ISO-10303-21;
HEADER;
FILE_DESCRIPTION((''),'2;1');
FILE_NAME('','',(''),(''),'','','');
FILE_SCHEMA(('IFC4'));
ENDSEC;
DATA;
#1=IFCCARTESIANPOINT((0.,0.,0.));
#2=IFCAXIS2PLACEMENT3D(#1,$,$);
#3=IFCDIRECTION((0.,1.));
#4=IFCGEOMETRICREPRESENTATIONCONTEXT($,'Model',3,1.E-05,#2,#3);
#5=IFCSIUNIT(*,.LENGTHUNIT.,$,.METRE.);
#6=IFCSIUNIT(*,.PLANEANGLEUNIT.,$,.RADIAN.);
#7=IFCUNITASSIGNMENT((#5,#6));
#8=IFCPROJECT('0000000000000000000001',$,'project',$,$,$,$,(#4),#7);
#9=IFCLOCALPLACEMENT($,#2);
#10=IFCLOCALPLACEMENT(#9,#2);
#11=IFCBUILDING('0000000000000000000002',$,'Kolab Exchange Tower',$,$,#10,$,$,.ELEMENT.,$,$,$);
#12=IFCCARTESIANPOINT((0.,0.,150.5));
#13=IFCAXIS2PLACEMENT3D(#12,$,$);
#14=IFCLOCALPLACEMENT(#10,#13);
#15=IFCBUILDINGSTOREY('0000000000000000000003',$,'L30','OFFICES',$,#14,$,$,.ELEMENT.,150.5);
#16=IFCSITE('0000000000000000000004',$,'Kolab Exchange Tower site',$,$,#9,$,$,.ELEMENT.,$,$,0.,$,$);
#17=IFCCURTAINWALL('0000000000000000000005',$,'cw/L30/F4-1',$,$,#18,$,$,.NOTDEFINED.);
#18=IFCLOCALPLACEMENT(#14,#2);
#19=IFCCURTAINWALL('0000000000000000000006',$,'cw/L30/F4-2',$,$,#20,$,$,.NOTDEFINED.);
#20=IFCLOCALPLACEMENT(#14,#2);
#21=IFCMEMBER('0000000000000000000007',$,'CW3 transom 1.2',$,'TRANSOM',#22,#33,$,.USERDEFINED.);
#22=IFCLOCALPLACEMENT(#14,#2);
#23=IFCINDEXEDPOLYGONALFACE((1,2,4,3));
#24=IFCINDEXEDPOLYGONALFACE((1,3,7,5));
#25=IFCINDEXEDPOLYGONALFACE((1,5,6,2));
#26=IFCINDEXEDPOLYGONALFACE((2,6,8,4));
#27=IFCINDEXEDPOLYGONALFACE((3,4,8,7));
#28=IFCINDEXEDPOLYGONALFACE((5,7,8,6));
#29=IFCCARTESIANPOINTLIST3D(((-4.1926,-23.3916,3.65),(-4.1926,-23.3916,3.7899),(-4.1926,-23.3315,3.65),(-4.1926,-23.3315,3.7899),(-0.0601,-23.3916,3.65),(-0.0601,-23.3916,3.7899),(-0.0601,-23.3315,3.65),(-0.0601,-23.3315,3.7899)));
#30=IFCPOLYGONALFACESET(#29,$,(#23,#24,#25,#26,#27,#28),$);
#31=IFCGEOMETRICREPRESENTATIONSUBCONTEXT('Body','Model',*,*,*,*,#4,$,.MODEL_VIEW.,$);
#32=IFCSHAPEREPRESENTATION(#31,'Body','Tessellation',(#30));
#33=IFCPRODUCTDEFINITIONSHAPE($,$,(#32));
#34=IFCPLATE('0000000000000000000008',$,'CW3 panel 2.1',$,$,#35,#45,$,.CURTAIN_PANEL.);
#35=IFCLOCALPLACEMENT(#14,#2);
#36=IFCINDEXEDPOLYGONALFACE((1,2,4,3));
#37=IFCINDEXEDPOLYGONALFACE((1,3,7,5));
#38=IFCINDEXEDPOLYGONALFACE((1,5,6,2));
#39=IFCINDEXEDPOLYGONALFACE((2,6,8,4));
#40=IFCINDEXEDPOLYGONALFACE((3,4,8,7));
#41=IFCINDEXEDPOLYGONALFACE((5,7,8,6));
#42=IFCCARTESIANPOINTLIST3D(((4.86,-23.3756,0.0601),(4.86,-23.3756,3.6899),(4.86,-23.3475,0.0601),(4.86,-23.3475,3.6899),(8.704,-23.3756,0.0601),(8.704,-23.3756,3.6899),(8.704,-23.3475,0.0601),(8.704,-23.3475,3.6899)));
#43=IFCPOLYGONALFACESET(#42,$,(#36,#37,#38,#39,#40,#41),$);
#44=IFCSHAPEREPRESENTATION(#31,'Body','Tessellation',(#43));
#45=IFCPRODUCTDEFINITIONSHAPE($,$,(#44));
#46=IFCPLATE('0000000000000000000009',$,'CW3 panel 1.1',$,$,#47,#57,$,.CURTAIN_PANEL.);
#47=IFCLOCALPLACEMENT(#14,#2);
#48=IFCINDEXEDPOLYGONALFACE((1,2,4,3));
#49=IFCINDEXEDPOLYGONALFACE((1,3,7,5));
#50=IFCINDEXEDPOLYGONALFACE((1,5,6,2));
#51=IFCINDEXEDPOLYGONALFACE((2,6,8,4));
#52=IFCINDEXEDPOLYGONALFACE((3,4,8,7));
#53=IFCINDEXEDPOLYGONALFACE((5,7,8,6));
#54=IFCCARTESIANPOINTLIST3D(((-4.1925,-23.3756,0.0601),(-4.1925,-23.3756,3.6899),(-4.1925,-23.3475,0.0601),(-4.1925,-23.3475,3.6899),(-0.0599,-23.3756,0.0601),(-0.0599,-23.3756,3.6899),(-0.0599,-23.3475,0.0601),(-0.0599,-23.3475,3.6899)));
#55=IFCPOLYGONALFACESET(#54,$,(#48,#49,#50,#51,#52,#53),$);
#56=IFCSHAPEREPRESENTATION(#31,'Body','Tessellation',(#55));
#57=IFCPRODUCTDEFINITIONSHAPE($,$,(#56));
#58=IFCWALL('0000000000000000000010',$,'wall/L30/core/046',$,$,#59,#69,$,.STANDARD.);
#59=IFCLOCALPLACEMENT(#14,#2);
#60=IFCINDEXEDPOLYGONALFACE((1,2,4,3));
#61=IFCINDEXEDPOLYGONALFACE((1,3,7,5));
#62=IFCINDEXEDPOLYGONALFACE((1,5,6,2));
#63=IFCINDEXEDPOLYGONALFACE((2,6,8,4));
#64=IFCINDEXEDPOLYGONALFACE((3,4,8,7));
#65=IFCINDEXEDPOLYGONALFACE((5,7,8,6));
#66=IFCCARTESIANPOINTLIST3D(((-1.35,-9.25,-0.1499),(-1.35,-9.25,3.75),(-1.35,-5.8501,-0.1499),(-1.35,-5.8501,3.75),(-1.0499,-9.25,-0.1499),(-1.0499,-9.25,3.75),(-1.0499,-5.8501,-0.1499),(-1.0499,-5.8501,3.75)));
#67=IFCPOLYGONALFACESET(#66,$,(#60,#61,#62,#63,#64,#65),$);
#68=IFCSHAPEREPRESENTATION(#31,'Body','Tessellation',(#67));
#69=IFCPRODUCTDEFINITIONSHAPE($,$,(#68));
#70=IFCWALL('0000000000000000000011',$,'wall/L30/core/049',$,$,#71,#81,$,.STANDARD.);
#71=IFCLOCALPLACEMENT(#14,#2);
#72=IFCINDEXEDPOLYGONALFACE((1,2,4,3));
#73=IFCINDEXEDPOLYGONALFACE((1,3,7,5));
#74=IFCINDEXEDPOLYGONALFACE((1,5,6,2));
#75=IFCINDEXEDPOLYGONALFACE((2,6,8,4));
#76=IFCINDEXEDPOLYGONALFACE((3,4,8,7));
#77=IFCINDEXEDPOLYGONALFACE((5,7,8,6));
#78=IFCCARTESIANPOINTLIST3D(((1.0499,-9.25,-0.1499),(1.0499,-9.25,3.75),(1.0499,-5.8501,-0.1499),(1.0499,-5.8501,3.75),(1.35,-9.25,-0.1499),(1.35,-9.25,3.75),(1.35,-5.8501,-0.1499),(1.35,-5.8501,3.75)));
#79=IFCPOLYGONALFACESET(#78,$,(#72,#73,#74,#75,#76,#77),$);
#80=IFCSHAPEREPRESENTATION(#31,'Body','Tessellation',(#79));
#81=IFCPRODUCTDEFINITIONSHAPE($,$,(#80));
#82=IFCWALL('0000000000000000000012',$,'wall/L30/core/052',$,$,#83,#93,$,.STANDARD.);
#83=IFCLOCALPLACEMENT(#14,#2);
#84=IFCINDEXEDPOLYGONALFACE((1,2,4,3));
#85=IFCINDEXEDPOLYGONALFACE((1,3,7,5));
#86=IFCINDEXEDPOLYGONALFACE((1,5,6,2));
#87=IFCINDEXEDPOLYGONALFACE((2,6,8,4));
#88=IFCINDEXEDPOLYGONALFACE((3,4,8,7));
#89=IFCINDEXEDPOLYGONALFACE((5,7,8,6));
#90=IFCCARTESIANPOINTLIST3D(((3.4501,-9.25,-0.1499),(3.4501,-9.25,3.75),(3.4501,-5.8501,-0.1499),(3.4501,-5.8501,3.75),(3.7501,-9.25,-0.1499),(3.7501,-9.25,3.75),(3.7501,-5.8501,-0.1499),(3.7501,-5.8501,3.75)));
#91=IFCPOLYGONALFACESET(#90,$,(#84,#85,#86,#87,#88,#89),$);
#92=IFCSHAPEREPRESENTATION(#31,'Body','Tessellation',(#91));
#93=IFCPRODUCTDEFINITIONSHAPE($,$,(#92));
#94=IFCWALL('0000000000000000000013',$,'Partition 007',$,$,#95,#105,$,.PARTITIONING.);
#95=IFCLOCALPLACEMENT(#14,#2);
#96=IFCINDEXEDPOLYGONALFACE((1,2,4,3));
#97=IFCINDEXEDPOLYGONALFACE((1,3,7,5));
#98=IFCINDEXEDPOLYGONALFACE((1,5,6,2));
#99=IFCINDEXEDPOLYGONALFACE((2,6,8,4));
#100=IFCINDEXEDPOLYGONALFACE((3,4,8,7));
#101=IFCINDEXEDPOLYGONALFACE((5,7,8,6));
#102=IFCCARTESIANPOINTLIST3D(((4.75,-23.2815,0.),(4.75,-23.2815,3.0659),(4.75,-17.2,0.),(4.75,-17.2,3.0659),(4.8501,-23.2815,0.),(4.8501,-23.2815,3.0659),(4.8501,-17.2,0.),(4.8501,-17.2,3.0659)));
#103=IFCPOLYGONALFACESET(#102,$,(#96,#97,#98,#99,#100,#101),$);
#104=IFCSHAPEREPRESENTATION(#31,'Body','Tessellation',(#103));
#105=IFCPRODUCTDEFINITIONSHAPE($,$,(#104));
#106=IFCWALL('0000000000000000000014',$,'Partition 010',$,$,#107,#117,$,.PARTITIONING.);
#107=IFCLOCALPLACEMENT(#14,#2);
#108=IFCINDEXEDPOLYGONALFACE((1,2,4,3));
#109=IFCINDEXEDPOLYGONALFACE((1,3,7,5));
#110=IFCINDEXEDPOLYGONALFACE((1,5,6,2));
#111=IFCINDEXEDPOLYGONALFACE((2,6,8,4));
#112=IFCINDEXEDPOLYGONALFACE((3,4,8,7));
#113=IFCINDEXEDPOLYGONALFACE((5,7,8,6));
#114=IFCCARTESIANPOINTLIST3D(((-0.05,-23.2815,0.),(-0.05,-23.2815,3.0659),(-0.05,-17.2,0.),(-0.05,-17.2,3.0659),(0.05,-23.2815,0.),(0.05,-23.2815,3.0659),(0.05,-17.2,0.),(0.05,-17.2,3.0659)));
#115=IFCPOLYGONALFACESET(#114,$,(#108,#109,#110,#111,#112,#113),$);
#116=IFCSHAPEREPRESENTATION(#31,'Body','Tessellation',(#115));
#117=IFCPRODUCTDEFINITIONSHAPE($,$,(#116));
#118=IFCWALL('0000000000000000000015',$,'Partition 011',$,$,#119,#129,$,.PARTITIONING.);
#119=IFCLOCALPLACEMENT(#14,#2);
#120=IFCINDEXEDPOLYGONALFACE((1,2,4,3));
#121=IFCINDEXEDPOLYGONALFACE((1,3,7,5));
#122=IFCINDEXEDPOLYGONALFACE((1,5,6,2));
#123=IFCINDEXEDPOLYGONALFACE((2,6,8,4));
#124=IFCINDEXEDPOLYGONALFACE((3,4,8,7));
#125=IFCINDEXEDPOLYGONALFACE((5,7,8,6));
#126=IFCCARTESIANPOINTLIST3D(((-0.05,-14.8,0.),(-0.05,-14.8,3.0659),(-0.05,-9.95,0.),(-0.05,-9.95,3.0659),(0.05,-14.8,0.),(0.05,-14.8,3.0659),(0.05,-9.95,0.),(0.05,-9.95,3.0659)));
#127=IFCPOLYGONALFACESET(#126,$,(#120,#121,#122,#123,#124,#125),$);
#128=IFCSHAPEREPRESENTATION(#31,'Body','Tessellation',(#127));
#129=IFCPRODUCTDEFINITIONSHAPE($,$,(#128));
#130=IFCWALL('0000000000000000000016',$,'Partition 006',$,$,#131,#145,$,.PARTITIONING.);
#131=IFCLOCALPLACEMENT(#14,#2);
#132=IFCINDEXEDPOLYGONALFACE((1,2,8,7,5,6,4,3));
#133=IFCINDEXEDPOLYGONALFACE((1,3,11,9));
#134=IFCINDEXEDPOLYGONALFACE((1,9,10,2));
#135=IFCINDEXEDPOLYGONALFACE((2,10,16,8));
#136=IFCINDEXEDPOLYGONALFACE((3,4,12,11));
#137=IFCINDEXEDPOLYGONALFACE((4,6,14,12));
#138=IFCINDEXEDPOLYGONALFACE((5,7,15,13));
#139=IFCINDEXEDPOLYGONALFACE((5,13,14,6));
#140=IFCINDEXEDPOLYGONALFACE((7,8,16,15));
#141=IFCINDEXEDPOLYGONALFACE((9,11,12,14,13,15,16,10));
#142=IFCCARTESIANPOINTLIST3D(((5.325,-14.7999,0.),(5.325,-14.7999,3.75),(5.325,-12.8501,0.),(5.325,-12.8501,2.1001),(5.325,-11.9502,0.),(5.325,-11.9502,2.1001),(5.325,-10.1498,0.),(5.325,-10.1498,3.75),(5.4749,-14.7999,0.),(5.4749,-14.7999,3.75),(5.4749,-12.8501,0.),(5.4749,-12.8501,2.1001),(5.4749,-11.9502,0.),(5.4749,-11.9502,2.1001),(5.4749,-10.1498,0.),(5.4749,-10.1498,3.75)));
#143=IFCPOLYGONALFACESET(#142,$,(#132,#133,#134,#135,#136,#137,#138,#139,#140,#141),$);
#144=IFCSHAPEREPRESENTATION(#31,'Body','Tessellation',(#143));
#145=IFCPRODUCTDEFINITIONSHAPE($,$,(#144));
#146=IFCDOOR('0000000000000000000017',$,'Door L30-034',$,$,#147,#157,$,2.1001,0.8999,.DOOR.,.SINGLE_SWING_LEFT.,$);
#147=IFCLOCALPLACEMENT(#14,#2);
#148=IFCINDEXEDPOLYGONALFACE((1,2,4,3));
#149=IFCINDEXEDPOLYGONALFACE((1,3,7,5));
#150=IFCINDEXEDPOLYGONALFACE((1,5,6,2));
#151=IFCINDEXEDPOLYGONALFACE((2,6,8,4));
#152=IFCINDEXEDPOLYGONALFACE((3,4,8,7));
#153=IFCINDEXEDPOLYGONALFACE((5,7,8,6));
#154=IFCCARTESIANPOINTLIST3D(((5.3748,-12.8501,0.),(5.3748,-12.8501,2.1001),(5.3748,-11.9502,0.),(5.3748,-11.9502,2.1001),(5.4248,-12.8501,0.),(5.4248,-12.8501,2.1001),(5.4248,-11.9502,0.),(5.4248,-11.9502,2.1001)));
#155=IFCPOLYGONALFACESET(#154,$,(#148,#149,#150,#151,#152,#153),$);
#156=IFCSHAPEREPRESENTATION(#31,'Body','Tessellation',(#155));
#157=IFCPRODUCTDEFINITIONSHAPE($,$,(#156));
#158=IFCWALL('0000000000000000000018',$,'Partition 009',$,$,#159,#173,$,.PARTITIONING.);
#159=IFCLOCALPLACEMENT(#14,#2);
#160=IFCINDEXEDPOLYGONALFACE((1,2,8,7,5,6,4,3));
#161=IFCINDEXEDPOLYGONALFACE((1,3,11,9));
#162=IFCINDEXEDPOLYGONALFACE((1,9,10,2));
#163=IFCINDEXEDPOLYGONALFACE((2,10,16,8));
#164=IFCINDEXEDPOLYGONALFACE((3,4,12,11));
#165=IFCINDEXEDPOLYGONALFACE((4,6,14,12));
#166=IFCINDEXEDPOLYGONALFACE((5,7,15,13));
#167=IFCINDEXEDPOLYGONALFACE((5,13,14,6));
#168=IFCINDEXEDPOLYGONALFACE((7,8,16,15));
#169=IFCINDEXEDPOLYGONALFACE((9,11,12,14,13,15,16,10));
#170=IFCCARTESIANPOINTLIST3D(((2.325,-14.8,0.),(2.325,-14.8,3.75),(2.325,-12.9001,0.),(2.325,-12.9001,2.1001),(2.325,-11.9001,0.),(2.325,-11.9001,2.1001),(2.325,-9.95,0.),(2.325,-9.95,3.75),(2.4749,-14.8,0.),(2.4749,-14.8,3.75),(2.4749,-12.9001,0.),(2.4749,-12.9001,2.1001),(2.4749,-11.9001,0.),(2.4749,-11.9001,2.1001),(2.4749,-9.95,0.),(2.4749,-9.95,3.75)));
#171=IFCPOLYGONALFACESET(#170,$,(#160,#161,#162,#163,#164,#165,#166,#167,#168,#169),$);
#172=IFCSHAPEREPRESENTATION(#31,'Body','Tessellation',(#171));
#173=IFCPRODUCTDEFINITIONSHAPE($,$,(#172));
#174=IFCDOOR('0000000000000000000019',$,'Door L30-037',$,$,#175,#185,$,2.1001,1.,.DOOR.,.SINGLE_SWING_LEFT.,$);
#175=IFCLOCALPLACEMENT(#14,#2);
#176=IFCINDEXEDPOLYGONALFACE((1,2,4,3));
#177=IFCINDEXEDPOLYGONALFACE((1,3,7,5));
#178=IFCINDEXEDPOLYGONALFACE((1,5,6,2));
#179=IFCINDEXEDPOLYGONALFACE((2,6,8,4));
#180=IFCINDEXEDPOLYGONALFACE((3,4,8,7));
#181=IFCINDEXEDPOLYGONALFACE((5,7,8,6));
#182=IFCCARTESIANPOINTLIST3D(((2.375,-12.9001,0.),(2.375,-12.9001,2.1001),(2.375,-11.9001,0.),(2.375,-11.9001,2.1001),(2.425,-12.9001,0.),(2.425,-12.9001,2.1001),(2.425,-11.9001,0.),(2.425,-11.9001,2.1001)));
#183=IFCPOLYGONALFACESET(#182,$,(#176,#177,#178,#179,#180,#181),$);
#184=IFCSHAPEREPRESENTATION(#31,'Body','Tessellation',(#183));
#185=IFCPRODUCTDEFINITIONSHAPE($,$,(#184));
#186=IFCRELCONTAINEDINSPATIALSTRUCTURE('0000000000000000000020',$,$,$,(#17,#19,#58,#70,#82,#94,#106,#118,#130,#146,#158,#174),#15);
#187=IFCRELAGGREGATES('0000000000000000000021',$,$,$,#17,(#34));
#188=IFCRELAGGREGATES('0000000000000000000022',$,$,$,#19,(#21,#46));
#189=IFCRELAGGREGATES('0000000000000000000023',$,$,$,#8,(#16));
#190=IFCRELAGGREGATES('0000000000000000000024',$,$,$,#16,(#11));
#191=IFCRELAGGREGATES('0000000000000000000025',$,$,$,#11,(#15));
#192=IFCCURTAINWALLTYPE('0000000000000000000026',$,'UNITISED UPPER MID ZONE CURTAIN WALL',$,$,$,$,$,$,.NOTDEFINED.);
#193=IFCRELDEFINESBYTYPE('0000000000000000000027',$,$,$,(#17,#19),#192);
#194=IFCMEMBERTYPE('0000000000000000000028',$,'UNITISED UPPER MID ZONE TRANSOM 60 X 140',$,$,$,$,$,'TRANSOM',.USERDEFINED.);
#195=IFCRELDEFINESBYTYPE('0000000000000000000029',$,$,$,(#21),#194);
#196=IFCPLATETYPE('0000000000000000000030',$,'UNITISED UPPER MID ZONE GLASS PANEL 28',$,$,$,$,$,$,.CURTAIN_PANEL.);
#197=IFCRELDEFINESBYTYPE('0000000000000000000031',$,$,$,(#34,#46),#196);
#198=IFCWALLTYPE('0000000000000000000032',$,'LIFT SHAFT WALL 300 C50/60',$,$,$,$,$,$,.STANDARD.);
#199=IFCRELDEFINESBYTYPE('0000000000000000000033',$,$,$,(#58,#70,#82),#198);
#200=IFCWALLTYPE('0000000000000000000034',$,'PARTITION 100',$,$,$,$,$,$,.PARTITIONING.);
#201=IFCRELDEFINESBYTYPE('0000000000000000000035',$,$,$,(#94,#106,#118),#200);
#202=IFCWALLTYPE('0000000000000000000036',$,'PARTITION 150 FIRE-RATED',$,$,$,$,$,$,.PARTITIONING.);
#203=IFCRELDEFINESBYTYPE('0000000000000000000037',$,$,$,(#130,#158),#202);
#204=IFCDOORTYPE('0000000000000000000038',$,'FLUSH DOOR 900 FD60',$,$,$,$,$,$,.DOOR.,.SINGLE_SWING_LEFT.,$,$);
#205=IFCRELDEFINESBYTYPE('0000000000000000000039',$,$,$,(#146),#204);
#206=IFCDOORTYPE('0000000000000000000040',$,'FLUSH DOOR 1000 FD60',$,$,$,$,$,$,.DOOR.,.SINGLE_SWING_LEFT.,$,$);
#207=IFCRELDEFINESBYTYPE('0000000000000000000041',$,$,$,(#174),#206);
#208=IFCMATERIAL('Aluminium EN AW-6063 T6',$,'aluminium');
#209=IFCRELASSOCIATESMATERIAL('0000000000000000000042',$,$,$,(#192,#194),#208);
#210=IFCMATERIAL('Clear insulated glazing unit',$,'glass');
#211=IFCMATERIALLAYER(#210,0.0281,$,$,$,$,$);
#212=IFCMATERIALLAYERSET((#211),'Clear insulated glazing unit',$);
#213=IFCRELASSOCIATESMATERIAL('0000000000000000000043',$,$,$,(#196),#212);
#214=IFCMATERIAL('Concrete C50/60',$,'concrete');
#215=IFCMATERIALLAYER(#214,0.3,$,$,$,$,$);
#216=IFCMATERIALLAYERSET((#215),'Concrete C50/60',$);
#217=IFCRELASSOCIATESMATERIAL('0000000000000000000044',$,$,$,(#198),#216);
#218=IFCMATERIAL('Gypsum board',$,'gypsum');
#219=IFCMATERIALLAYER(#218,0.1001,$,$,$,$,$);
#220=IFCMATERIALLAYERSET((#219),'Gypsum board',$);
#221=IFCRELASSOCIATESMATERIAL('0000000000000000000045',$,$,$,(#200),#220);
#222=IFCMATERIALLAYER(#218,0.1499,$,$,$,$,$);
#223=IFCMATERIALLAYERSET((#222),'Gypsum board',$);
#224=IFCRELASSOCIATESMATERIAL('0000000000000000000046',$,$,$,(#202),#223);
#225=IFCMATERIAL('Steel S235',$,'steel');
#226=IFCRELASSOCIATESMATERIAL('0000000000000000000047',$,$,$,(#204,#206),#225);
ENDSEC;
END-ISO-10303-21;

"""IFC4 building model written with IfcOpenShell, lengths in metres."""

from ifc_helpers import new_model, si_unit, direction, frame, frame_2d, origin, origin_2d, place, context, subcontext, project, spatial, rectangle, extrude, material, layer, layer_set, material_profile, profile_set, type_object, element, fill, aggregate, save


model = new_model("IFC4")

# Units and contexts
model_context = context("Model", 3, precision=1e-05, world=origin(), true_north=direction((0.0, 1.0)))
body_context = subcontext(model_context, "Body", "Model", "MODEL_VIEW")
ifc_project = project(units=[si_unit("LENGTHUNIT", "METRE"), si_unit("PLANEANGLEUNIT", "RADIAN")], contexts=[model_context])

# Site, building, storey
site_placement = place(None, origin())
site = spatial("IfcSite", under=ifc_project, at=site_placement, Name="Kolab Exchange Tower site", CompositionType="ELEMENT", RefElevation=0.0)
building_placement = place(site_placement, origin())
building = spatial("IfcBuilding", under=site, at=building_placement, Name="Kolab Exchange Tower", CompositionType="ELEMENT")
storey_placement = place(building_placement, frame((0.0, 0.0, 150.5)))
storey = spatial("IfcBuildingStorey", under=building, at=storey_placement, Name="L30", Description="OFFICES", CompositionType="ELEMENT", Elevation=150.5)

# Curtain wall
ifc_material_1 = material(Name="Aluminium EN AW-6063 T6", Category="aluminium")
curtain_wall_type = type_object("IfcCurtainWallType", Name="UNITISED UPPER MID ZONE CURTAIN WALL", PredefinedType="NOTDEFINED", material=ifc_material_1)
curtain_wall_1_placement = place(storey_placement, origin())
curtain_wall_1 = element("IfcCurtainWall", 1, at=curtain_wall_1_placement, inside=storey, type_object=curtain_wall_type, Name="cw/L30/F4-1", PredefinedType="NOTDEFINED")

# Curtain wall
curtain_wall_2_placement = place(storey_placement, origin())
curtain_wall_2 = element("IfcCurtainWall", 2, at=curtain_wall_2_placement, inside=storey, type_object=curtain_wall_type, Name="cw/L30/F4-2", PredefinedType="NOTDEFINED")

# Member
ifc_material_profile_1 = material_profile(ifc_material_1, rectangle(XDim=0.0601, YDim=0.1399, at=origin_2d()), Name="RECT 60X140")
ifc_profile_set_1 = profile_set([ifc_material_profile_1], Name="Aluminium EN AW-6063 T6")
member_type_1 = type_object("IfcMemberType", Name="UNITISED UPPER MID ZONE TRANSOM 60 X 140", ElementType="TRANSOM", PredefinedType="USERDEFINED", material=ifc_profile_set_1)
member_1_placement = place(storey_placement, frame((-0.0601, -23.3616, 3.72), z_axis=(-1.0, 0.0, 0.0), x_axis=(0.0, -1.0, 0.0)))
member_1 = element("IfcMember", 3, at=member_1_placement, type_object=member_type_1, Name="CW3 transom 1.2", ObjectType="TRANSOM", PredefinedType="USERDEFINED", context=body_context, shape_type="SweptSolid", body=[
    extrude(rectangle(XDim=0.0601, YDim=0.1399, at=origin_2d()), origin(), (0.0, 0.0, 1.0), 4.1326),
])

# Plates
ifc_material_2 = material(Name="Clear insulated glazing unit", Category="glass")
ifc_layer_1 = layer(ifc_material_2, 0.0281)
ifc_layer_set_1 = layer_set([ifc_layer_1], Name="Clear insulated glazing unit")
plate_type = type_object("IfcPlateType", Name="UNITISED UPPER MID ZONE GLASS PANEL 28", PredefinedType="CURTAIN_PANEL", material=ifc_layer_set_1)
plate_1_placement = place(storey_placement, frame((6.782, -23.3616, 0.0601), z_axis=(0.0, 0.0, 1.0), x_axis=(-1.0, 0.0, 0.0)))
plate_1 = element("IfcPlate", 4, at=plate_1_placement, type_object=plate_type, Name="CW3 panel 2.1", PredefinedType="CURTAIN_PANEL", context=body_context, shape_type="SweptSolid", body=[
    extrude(rectangle(XDim=3.844, YDim=0.0281, at=origin_2d()), origin(), (0.0, 0.0, 1.0), 3.6299),
])
aggregate(curtain_wall_1, [plate_1])
plate_2_placement = place(storey_placement, frame((-2.1262, -23.3616, 0.0601), z_axis=(0.0, 0.0, 1.0), x_axis=(-1.0, 0.0, 0.0)))
plate_2 = element("IfcPlate", 5, at=plate_2_placement, type_object=plate_type, Name="CW3 panel 1.1", PredefinedType="CURTAIN_PANEL", context=body_context, shape_type="SweptSolid", body=[
    extrude(rectangle(XDim=4.1326, YDim=0.0281, at=origin_2d()), origin(), (0.0, 0.0, 1.0), 3.6299),
])
aggregate(curtain_wall_2, [member_1, plate_2])

# Walls
ifc_material_3 = material(Name="Concrete C50/60", Category="concrete")
ifc_layer_2 = layer(ifc_material_3, 0.3)
ifc_layer_set_2 = layer_set([ifc_layer_2], Name="Concrete C50/60")
wall_type_1 = type_object("IfcWallType", Name="LIFT SHAFT WALL 300 C50/60", PredefinedType="STANDARD", material=ifc_layer_set_2)
for number, where, z_axis, x_axis, name in (
    (6, (-1.2, -9.25, -0.1499), (0.0, 0.0, 1.0), (0.0, 1.0, 0.0), "wall/L30/core/046"),
    (7, (1.2, -9.25, -0.1499), (0.0, 0.0, 1.0), (0.0, 1.0, 0.0), "wall/L30/core/049"),
    (8, (3.6001, -9.25, -0.1499), (0.0, 0.0, 1.0), (0.0, 1.0, 0.0), "wall/L30/core/052"),
):
    element("IfcWall", number, at=place(storey_placement, frame(where, z_axis=z_axis, x_axis=x_axis)), inside=storey, type_object=wall_type_1, Name=name, PredefinedType="STANDARD", context=body_context, shape_type="SweptSolid", body=[
        extrude(rectangle(XDim=3.3999, YDim=0.3, at=frame_2d((1.7, 0.0))), origin(), (0.0, 0.0, 1.0), 3.8999),
    ])
ifc_material_4 = material(Name="Gypsum board", Category="gypsum")
ifc_layer_3 = layer(ifc_material_4, 0.1001)
ifc_layer_set_3 = layer_set([ifc_layer_3], Name="Gypsum board")
wall_type_2 = type_object("IfcWallType", Name="PARTITION 100", PredefinedType="PARTITIONING", material=ifc_layer_set_3)
for number, where, z_axis, x_axis, name in (
    (9, (4.8, -23.2815, 0.0), (0.0, 0.0, 1.0), (0.0, 1.0, 0.0), "Partition 007"),
    (10, (0.0, -23.2815, 0.0), (0.0, 0.0, 1.0), (0.0, 1.0, 0.0), "Partition 010"),
):
    element("IfcWall", number, at=place(storey_placement, frame(where, z_axis=z_axis, x_axis=x_axis)), inside=storey, type_object=wall_type_2, Name=name, PredefinedType="PARTITIONING", context=body_context, shape_type="SweptSolid", body=[
        extrude(rectangle(XDim=6.0815, YDim=0.1001, at=frame_2d((3.0408, 0.0))), origin(), (0.0, 0.0, 1.0), 3.0659),
    ])
wall_1_placement = place(storey_placement, frame((0.0, -14.8, 0.0), z_axis=(0.0, 0.0, 1.0), x_axis=(0.0, 1.0, 0.0)))
element("IfcWall", 11, at=wall_1_placement, inside=storey, type_object=wall_type_2, Name="Partition 011", PredefinedType="PARTITIONING", context=body_context, shape_type="SweptSolid", body=[
    extrude(rectangle(XDim=4.8501, YDim=0.1001, at=frame_2d((2.425, 0.0))), origin(), (0.0, 0.0, 1.0), 3.0659),
])

# Walls, openings, doors
ifc_layer_4 = layer(ifc_material_4, 0.1499)
ifc_layer_set_4 = layer_set([ifc_layer_4], Name="Gypsum board")
wall_type_3 = type_object("IfcWallType", Name="PARTITION 150 FIRE-RATED", PredefinedType="PARTITIONING", material=ifc_layer_set_4)
wall_2_placement = place(storey_placement, frame((5.3999, -14.8, 0.0), z_axis=(0.0, 0.0, 1.0), x_axis=(0.0, 1.0, 0.0)))
wall_2 = element("IfcWall", 12, at=wall_2_placement, inside=storey, type_object=wall_type_3, Name="Partition 006", PredefinedType="PARTITIONING", context=body_context, shape_type="SweptSolid", body=[
    extrude(rectangle(XDim=4.6501, YDim=0.1499, at=frame_2d((2.3252, 0.0))), origin(), (0.0, 0.0, 1.0), 3.75),
])
opening_1_placement = place(wall_2_placement, frame((1.95, 0.0, 0.0)))
opening_1 = element("IfcOpeningElement", 13, at=opening_1_placement, cuts=wall_2, PredefinedType="OPENING", context=body_context, shape_type="SweptSolid", body=[
    extrude(rectangle(XDim=0.8999, YDim=2.1001, at=frame_2d((0.45, 1.05))), frame((0.0, 0.085, 0.0), z_axis=(0.0, -1.0, 0.0), x_axis=(1.0, 0.0, 0.0)), (0.0, 0.0, 1.0), 0.1699),
])
ifc_material_5 = material(Name="Steel S235", Category="steel")
door_type_1 = type_object("IfcDoorType", Name="FLUSH DOOR 900 FD60", OperationType="SINGLE_SWING_LEFT", PredefinedType="DOOR", material=ifc_material_5)
door_1_placement = place(opening_1_placement, frame((0.8999, 0.0, 0.0), z_axis=(0.0, 0.0, 1.0), x_axis=(-1.0, 0.0, 0.0)))
door_1 = element("IfcDoor", 14, at=door_1_placement, inside=storey, type_object=door_type_1, Name="Door L30-034", OperationType="SINGLE_SWING_LEFT", OverallHeight=2.1001, OverallWidth=0.8999, PredefinedType="DOOR", context=body_context, shape_type="SweptSolid", body=[
    extrude(rectangle(XDim=0.8999, YDim=2.1001, at=frame_2d((0.45, 1.05))), frame((0.0, 0.0249, 0.0), z_axis=(0.0, -1.0, 0.0), x_axis=(1.0, 0.0, 0.0)), (0.0, 0.0, 1.0), 0.05),
])
fill(opening_1, door_1)
wall_3_placement = place(storey_placement, frame((2.3999, -14.8, 0.0), z_axis=(0.0, 0.0, 1.0), x_axis=(0.0, 1.0, 0.0)))
wall_3 = element("IfcWall", 15, at=wall_3_placement, inside=storey, type_object=wall_type_3, Name="Partition 009", PredefinedType="PARTITIONING", context=body_context, shape_type="SweptSolid", body=[
    extrude(rectangle(XDim=4.8501, YDim=0.1499, at=frame_2d((2.425, 0.0))), origin(), (0.0, 0.0, 1.0), 3.75),
])
opening_2_placement = place(wall_3_placement, frame((1.8999, 0.0, 0.0)))
opening_2 = element("IfcOpeningElement", 16, at=opening_2_placement, cuts=wall_3, PredefinedType="OPENING", context=body_context, shape_type="SweptSolid", body=[
    extrude(rectangle(XDim=1.0, YDim=2.1001, at=frame_2d((0.5, 1.05))), frame((0.0, 0.085, 0.0), z_axis=(0.0, -1.0, 0.0), x_axis=(1.0, 0.0, 0.0)), (0.0, 0.0, 1.0), 0.1699),
])
door_type_2 = type_object("IfcDoorType", Name="FLUSH DOOR 1000 FD60", OperationType="SINGLE_SWING_LEFT", PredefinedType="DOOR", material=ifc_material_5)
door_2_placement = place(opening_2_placement, origin())
door_2 = element("IfcDoor", 17, at=door_2_placement, inside=storey, type_object=door_type_2, Name="Door L30-037", OperationType="SINGLE_SWING_LEFT", OverallHeight=2.1001, OverallWidth=1.0, PredefinedType="DOOR", context=body_context, shape_type="SweptSolid", body=[
    extrude(rectangle(XDim=1.0, YDim=2.1001, at=frame_2d((0.5, 1.05))), frame((0.0, 0.0249, 0.0), z_axis=(0.0, -1.0, 0.0), x_axis=(1.0, 0.0, 0.0)), (0.0, 0.0, 1.0), 0.05),
])
fill(opening_2, door_2)

save(model, "model.ifc")
